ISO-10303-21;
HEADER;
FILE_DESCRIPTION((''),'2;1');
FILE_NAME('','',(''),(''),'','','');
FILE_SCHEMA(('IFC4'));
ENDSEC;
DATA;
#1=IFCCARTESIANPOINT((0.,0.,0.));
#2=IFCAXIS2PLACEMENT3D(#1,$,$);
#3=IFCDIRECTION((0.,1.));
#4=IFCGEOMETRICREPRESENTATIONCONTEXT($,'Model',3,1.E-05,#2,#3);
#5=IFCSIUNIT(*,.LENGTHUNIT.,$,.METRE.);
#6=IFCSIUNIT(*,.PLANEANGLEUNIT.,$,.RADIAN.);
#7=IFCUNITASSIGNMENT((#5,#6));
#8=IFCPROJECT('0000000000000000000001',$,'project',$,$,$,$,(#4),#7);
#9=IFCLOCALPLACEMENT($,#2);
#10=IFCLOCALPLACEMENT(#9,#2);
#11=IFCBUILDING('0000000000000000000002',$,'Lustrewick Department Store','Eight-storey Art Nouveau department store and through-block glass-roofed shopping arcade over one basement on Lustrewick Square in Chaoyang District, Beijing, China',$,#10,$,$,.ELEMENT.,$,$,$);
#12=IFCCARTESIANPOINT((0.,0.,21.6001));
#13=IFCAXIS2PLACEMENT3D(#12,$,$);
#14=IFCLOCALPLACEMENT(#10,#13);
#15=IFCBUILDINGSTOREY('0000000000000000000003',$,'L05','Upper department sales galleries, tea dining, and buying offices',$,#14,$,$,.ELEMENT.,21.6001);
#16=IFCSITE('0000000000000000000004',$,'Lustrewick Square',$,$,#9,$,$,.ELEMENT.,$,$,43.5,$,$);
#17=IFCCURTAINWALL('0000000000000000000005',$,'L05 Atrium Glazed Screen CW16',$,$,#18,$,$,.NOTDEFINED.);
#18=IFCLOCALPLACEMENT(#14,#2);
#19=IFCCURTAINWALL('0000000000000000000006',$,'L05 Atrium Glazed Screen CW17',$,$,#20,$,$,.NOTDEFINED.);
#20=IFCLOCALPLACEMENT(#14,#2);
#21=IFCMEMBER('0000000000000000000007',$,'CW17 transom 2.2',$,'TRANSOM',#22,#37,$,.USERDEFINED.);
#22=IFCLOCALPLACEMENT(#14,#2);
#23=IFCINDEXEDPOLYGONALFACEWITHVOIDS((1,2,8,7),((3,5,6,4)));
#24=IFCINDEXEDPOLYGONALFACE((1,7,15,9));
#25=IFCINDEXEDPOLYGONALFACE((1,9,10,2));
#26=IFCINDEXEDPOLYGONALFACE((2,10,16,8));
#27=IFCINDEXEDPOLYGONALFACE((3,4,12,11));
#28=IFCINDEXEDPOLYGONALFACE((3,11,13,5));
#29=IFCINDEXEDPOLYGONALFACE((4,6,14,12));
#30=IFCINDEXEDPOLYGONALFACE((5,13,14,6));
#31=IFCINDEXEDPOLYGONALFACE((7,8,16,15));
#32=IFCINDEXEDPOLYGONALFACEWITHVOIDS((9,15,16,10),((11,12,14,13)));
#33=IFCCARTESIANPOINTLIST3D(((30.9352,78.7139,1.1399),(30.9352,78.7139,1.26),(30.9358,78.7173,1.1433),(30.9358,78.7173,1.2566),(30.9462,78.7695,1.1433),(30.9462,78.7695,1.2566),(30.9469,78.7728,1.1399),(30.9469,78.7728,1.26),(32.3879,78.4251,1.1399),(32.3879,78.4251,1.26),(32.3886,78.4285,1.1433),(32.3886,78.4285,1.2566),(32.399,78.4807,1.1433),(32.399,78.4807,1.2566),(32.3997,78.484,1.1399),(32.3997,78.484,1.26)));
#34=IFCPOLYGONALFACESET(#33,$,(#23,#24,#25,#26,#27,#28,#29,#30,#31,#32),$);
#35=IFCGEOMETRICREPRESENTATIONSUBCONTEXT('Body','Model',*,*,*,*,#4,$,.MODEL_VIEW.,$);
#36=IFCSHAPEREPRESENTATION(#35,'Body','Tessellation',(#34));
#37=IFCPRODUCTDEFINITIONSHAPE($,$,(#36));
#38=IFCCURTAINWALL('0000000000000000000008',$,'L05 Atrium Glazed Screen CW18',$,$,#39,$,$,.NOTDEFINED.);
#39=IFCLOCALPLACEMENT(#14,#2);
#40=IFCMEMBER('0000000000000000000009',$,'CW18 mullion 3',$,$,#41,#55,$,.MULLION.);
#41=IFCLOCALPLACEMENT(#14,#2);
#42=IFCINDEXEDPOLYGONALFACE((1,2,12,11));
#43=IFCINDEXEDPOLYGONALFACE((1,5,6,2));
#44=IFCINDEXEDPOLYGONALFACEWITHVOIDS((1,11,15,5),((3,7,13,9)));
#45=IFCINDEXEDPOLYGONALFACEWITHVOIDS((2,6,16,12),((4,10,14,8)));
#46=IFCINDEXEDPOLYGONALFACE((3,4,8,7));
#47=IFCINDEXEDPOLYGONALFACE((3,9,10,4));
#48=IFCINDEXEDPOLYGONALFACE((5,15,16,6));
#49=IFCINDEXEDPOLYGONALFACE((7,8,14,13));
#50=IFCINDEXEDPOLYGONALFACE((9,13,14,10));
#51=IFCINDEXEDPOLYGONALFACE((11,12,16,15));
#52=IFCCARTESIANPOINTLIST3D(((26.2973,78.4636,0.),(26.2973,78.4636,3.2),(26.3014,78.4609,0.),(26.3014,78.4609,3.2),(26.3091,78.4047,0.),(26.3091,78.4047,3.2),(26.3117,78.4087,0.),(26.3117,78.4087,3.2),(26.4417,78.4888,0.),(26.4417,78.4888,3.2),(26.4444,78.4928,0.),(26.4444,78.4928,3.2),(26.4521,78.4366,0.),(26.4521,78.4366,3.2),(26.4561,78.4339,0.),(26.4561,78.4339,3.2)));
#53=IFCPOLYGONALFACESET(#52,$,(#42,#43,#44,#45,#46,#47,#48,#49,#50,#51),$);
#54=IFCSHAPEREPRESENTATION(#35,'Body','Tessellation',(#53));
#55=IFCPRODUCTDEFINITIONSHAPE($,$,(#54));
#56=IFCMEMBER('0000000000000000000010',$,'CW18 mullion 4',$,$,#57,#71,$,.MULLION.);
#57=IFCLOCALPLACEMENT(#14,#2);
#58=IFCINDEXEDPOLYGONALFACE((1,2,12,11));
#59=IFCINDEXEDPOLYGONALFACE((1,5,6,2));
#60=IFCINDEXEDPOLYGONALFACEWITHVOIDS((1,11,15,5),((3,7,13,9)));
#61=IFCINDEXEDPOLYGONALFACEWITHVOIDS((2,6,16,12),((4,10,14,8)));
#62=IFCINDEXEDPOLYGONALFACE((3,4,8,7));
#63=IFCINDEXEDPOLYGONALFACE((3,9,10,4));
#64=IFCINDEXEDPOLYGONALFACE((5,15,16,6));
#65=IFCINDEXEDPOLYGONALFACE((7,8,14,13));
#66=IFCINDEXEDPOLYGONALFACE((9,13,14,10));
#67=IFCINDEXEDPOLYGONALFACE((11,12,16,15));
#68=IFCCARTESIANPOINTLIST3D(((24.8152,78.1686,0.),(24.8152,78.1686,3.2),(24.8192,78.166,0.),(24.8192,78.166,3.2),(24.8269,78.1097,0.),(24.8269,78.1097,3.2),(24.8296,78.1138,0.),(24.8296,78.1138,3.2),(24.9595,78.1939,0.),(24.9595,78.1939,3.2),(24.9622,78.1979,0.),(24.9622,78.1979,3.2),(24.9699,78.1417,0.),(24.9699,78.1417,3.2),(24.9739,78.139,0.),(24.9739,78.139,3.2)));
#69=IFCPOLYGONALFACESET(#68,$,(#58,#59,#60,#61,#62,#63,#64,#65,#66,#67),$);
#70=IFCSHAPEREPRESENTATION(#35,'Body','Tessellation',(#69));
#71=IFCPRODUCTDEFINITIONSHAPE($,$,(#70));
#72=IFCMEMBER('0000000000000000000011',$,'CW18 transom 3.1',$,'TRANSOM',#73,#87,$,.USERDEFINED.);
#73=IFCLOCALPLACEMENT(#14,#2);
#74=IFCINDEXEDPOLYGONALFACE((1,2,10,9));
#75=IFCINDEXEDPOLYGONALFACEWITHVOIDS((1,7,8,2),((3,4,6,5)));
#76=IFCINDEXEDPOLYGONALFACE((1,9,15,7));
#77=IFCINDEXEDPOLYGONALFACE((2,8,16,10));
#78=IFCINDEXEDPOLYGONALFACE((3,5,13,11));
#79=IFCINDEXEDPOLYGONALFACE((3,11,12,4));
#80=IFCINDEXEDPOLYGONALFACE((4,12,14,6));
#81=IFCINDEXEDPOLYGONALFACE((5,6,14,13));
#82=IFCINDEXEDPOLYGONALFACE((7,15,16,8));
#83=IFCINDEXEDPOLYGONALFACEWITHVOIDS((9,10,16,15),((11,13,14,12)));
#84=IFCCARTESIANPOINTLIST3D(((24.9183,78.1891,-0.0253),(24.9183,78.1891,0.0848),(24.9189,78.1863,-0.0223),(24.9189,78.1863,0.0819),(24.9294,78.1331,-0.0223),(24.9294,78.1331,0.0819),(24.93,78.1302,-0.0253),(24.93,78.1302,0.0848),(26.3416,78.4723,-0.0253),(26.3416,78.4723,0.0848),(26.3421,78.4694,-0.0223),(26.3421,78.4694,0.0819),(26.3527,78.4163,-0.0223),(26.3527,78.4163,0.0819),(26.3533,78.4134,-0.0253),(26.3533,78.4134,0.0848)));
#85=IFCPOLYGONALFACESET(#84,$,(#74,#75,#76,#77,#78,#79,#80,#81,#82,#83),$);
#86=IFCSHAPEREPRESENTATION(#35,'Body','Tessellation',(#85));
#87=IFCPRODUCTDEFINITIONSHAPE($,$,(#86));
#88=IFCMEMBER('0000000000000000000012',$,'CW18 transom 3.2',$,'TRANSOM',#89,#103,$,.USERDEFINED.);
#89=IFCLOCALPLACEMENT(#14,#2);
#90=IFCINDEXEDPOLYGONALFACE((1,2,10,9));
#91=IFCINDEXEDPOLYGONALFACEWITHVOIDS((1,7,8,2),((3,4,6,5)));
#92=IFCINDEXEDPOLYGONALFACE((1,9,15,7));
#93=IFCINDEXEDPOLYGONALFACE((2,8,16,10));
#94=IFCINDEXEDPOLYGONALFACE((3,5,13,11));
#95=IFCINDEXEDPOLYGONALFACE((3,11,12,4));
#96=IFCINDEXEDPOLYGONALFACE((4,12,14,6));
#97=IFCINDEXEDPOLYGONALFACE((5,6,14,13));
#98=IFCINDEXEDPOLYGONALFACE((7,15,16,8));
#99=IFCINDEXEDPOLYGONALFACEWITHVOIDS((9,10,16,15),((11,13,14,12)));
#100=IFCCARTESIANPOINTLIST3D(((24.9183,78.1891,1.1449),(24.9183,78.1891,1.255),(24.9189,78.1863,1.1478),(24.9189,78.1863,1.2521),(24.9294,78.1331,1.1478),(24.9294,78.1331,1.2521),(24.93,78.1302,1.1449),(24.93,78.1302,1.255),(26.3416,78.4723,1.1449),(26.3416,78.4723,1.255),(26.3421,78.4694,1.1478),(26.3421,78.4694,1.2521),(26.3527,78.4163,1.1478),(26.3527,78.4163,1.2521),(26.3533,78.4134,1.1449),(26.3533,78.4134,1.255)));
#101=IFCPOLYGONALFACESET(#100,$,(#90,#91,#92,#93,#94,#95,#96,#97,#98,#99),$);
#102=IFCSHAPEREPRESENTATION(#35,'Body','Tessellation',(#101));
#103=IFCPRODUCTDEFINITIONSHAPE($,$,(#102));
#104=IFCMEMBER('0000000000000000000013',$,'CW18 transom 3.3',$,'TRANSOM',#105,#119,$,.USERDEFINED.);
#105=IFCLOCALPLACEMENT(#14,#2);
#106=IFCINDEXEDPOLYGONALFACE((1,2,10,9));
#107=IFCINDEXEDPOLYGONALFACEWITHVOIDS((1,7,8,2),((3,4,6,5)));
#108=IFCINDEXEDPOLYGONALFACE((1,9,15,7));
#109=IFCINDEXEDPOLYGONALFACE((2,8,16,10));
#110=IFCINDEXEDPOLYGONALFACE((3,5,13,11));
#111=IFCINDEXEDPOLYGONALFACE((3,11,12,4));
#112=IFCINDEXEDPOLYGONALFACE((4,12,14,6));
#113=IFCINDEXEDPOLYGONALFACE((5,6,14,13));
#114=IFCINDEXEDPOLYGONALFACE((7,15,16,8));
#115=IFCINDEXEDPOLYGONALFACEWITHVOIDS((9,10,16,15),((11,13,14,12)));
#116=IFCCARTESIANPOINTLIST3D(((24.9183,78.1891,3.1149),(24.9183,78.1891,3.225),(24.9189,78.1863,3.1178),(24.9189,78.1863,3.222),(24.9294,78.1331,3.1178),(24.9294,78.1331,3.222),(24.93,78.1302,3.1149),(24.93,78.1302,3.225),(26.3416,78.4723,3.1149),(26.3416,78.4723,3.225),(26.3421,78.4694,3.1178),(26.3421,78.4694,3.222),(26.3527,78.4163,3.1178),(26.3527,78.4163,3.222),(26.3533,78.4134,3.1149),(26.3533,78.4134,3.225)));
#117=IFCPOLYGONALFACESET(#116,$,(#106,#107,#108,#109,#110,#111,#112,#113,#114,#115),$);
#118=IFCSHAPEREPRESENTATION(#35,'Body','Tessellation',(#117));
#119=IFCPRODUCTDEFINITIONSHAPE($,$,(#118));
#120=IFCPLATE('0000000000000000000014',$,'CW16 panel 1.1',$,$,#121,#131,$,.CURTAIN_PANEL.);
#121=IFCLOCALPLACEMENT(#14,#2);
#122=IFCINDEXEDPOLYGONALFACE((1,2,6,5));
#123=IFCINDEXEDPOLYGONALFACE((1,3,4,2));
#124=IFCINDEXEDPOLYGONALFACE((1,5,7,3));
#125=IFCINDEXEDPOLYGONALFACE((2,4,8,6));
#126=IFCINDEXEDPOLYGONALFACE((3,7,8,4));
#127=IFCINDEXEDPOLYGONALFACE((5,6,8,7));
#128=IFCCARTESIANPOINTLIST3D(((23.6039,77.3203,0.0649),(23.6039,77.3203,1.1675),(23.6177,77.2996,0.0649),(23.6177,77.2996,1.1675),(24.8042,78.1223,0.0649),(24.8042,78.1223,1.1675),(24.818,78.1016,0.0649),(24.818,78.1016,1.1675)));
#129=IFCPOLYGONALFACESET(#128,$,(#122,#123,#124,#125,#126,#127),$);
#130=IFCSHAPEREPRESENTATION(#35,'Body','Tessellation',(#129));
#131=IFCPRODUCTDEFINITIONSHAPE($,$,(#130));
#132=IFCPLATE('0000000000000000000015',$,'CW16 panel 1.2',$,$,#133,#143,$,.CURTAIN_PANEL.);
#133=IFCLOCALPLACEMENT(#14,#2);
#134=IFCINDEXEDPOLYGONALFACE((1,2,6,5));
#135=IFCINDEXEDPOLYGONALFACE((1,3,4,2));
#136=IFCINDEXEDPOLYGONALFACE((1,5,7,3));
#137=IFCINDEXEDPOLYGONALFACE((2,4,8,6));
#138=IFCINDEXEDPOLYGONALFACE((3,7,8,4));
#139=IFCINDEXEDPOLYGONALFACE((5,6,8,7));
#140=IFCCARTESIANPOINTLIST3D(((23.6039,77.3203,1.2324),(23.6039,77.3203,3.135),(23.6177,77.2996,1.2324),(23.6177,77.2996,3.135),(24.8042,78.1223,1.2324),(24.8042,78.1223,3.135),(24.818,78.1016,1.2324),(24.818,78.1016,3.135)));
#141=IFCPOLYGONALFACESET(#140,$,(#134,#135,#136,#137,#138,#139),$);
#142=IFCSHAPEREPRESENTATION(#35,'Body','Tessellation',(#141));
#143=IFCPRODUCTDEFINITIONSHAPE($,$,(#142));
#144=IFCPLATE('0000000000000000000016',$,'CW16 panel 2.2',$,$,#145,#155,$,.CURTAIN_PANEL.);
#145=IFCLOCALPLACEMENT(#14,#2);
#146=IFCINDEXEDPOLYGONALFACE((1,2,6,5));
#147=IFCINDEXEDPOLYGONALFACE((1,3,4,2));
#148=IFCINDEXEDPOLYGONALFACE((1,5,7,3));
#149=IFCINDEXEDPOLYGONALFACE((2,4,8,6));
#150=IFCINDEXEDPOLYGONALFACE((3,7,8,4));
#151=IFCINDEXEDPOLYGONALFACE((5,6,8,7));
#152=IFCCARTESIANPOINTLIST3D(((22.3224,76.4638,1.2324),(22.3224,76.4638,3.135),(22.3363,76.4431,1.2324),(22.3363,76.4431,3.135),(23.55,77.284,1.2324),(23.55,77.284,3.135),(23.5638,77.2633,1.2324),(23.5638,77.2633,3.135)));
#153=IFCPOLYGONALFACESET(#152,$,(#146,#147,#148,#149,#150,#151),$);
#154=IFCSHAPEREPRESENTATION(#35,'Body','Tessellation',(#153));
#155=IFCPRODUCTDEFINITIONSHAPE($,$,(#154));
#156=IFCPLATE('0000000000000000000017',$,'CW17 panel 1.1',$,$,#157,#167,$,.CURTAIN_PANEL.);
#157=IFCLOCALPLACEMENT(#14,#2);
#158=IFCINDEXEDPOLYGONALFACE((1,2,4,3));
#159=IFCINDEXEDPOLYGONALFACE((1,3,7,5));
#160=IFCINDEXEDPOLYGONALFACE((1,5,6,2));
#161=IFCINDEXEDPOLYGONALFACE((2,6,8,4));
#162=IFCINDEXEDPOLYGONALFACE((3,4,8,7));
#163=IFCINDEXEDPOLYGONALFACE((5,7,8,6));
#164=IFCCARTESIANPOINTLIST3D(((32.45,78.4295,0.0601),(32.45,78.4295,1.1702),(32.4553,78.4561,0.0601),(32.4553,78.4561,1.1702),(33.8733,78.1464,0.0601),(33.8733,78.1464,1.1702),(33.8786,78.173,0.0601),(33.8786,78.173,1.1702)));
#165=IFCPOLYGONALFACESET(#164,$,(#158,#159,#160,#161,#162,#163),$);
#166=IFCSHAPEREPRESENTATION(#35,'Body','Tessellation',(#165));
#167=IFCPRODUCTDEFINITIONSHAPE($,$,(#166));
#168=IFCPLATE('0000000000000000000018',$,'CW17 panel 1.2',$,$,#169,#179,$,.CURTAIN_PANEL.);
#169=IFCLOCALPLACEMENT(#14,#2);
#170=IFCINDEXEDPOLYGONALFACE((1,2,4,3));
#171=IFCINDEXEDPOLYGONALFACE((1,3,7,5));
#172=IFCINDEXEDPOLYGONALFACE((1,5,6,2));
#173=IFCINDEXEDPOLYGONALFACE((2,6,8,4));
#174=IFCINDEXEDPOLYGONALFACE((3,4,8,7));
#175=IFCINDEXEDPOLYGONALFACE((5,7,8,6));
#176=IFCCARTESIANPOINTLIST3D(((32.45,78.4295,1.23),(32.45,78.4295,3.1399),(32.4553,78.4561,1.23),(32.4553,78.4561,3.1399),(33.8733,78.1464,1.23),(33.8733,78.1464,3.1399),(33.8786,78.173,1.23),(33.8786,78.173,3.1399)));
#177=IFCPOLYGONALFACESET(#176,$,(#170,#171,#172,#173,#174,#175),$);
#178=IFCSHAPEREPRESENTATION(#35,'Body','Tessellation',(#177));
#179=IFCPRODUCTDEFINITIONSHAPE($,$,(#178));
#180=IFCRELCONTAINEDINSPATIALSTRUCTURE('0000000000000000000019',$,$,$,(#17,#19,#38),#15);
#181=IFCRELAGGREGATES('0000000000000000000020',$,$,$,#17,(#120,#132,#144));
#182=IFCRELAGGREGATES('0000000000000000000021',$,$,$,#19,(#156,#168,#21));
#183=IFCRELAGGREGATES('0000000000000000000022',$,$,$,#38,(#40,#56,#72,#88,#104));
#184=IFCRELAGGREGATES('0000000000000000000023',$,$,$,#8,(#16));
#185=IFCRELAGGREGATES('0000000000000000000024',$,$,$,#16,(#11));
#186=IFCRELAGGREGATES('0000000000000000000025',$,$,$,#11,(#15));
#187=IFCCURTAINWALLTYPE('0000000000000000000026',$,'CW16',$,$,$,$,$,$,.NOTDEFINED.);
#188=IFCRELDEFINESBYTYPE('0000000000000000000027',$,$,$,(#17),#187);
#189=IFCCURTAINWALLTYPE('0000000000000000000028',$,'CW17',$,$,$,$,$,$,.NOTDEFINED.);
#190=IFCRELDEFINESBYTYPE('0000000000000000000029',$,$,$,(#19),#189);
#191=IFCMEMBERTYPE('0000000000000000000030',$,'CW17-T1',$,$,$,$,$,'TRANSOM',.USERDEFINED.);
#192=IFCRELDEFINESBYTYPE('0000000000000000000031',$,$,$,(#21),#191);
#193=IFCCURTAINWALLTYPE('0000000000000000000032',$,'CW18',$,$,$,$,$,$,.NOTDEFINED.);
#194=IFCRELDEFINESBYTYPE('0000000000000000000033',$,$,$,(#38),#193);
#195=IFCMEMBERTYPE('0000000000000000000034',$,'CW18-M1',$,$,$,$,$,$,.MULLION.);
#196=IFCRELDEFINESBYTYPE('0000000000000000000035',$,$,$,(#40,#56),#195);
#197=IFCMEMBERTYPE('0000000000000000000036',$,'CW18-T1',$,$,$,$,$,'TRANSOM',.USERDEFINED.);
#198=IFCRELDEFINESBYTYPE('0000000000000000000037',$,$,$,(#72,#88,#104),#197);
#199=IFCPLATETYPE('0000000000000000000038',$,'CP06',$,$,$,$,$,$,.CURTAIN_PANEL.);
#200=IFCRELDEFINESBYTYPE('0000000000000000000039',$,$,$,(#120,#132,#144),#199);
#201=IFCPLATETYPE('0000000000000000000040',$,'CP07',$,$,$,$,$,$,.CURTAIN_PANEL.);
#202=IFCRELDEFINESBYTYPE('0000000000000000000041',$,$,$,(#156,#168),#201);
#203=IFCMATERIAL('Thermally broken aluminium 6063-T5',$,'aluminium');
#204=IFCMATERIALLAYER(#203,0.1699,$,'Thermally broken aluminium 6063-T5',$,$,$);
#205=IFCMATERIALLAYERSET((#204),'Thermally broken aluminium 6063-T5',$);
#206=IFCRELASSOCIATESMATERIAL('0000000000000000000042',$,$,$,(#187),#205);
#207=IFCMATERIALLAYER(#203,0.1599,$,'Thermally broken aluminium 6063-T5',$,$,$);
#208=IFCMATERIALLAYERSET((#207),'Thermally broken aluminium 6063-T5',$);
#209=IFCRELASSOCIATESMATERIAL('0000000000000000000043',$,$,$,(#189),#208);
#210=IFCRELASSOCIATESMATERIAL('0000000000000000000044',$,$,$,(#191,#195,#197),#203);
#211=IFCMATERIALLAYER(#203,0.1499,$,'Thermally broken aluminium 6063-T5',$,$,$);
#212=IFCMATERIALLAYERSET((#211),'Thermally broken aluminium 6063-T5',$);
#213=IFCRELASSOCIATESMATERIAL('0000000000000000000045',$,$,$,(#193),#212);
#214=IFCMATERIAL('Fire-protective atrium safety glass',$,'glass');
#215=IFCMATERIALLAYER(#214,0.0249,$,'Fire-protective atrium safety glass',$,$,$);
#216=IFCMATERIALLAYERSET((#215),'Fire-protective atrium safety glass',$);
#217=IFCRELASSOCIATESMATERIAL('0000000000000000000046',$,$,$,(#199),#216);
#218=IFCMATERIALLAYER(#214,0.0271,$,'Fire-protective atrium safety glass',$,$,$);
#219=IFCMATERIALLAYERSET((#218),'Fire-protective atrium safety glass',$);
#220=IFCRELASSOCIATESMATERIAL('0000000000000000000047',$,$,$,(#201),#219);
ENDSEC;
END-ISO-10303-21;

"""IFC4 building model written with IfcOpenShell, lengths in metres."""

from ifc_helpers import new_model, si_unit, direction, frame, origin, origin_2d, place, context, subcontext, project, spatial, rectangle, hollow_rectangle, extrude, material, layer, layer_set, material_profile, profile_set, type_object, element, aggregate, save


model = new_model("IFC4")

# Units and contexts
model_context = context("Model", 3, precision=1e-05, world=origin(), true_north=direction((0.0, 1.0)))
body_context = subcontext(model_context, "Body", "Model", "MODEL_VIEW")
ifc_project = project(units=[si_unit("LENGTHUNIT", "METRE"), si_unit("PLANEANGLEUNIT", "RADIAN")], contexts=[model_context])

# Site, building, storey
site_placement = place(None, origin())
site = spatial("IfcSite", under=ifc_project, at=site_placement, Name="Lustrewick Square", CompositionType="ELEMENT", RefElevation=43.5)
building_placement = place(site_placement, origin())
building = spatial("IfcBuilding", under=site, at=building_placement, Name="Lustrewick Department Store", Description="Eight-storey Art Nouveau department store and through-block glass-roofed shopping arcade over one basement on Lustrewick Square in Chaoyang District, Beijing, China", CompositionType="ELEMENT")
storey_placement = place(building_placement, frame((0.0, 0.0, 21.6001)))
storey = spatial("IfcBuildingStorey", under=building, at=storey_placement, Name="L05", Description="Upper department sales galleries, tea dining, and buying offices", CompositionType="ELEMENT", Elevation=21.6001)

# Curtain walls, members
ifc_material_1 = material(Name="Thermally broken aluminium 6063-T5", Category="aluminium")
ifc_layer_1 = layer(ifc_material_1, 0.1699, Name="Thermally broken aluminium 6063-T5")
ifc_layer_set_1 = layer_set([ifc_layer_1], Name="Thermally broken aluminium 6063-T5")
curtain_wall_type_1 = type_object("IfcCurtainWallType", Name="CW16", PredefinedType="NOTDEFINED", material=ifc_layer_set_1)
curtain_wall_1_placement = place(storey_placement, origin())
curtain_wall_1 = element("IfcCurtainWall", 1, at=curtain_wall_1_placement, inside=storey, type_object=curtain_wall_type_1, Name="L05 Atrium Glazed Screen CW16", PredefinedType="NOTDEFINED")
ifc_layer_2 = layer(ifc_material_1, 0.1599, Name="Thermally broken aluminium 6063-T5")
ifc_layer_set_2 = layer_set([ifc_layer_2], Name="Thermally broken aluminium 6063-T5")
curtain_wall_type_2 = type_object("IfcCurtainWallType", Name="CW17", PredefinedType="NOTDEFINED", material=ifc_layer_set_2)
curtain_wall_2_placement = place(storey_placement, origin())
curtain_wall_2 = element("IfcCurtainWall", 2, at=curtain_wall_2_placement, inside=storey, type_object=curtain_wall_type_2, Name="L05 Atrium Glazed Screen CW17", PredefinedType="NOTDEFINED")
ifc_material_profile_1 = material_profile(ifc_material_1, hollow_rectangle(XDim=0.0601, YDim=0.1201, WallThickness=0.0034, at=origin_2d()), Name="ALU-T 60x120x3.5")
ifc_profile_set_1 = profile_set([ifc_material_profile_1], Name="Thermally broken aluminium 6063-T5")
member_type_1 = type_object("IfcMemberType", Name="CW17-T1", ElementType="TRANSOM", PredefinedType="USERDEFINED", material=ifc_profile_set_1)
member_1_placement = place(storey_placement, frame((32.3938, 78.4546, 1.2), z_axis=(-0.980808, 0.194975, 0.0), x_axis=(-0.194975, -0.980808, 0.0)))
member_1 = element("IfcMember", 3, at=member_1_placement, type_object=member_type_1, Name="CW17 transom 2.2", ObjectType="TRANSOM", PredefinedType="USERDEFINED", context=body_context, shape_type="SweptSolid", body=[
    extrude(hollow_rectangle(XDim=0.0601, YDim=0.1201, WallThickness=0.0034, at=origin_2d()), origin(), (0.0, 0.0, 1.0), 1.4812),
])
ifc_layer_3 = layer(ifc_material_1, 0.1499, Name="Thermally broken aluminium 6063-T5")
ifc_layer_set_3 = layer_set([ifc_layer_3], Name="Thermally broken aluminium 6063-T5")
curtain_wall_type_3 = type_object("IfcCurtainWallType", Name="CW18", PredefinedType="NOTDEFINED", material=ifc_layer_set_3)
curtain_wall_3_placement = place(storey_placement, origin())
curtain_wall_3 = element("IfcCurtainWall", 4, at=curtain_wall_3_placement, inside=storey, type_object=curtain_wall_type_3, Name="L05 Atrium Glazed Screen CW18", PredefinedType="NOTDEFINED")
ifc_material_profile_2 = material_profile(ifc_material_1, hollow_rectangle(XDim=0.0601, YDim=0.1499, WallThickness=0.0034, at=origin_2d()), Name="ALU-M 60x150x3.5")
ifc_profile_set_2 = profile_set([ifc_material_profile_2], Name="Thermally broken aluminium 6063-T5")
member_type_2 = type_object("IfcMemberType", Name="CW18-M1", PredefinedType="MULLION", material=ifc_profile_set_2)
member_2_placement = place(storey_placement, frame((26.3767, 78.4487, 0.0), z_axis=(0.0, 0.0, 1.0), x_axis=(0.195085, -0.980786, 0.0)))
member_2 = element("IfcMember", 5, at=member_2_placement, type_object=member_type_2, Name="CW18 mullion 3", PredefinedType="MULLION", context=body_context, shape_type="SweptSolid", body=[
    extrude(hollow_rectangle(XDim=0.0601, YDim=0.1499, WallThickness=0.0034, at=origin_2d()), origin(), (0.0, 0.0, 1.0), 3.2),
])
member_3_placement = place(storey_placement, frame((24.8945, 78.1538, 0.0), z_axis=(0.0, 0.0, 1.0), x_axis=(0.195085, -0.980786, 0.0)))
member_3 = element("IfcMember", 6, at=member_3_placement, type_object=member_type_2, Name="CW18 mullion 4", PredefinedType="MULLION", context=body_context, shape_type="SweptSolid", body=[
    extrude(hollow_rectangle(XDim=0.0601, YDim=0.1499, WallThickness=0.0034, at=origin_2d()), origin(), (0.0, 0.0, 1.0), 3.2),
])
ifc_material_profile_3 = material_profile(ifc_material_1, hollow_rectangle(XDim=0.0601, YDim=0.1101, WallThickness=0.0029, at=origin_2d()), Name="ALU-T 60x110x3")
ifc_profile_set_3 = profile_set([ifc_material_profile_3], Name="Thermally broken aluminium 6063-T5")
member_type_3 = type_object("IfcMemberType", Name="CW18-T1", ElementType="TRANSOM", PredefinedType="USERDEFINED", material=ifc_profile_set_3)
member_4_placement = place(storey_placement, frame((26.3474, 78.4429, 0.0298), z_axis=(-0.980774, -0.195145, 0.0), x_axis=(0.195145, -0.980774, 0.0)))
member_4 = element("IfcMember", 7, at=member_4_placement, type_object=member_type_3, Name="CW18 transom 3.1", ObjectType="TRANSOM", PredefinedType="USERDEFINED", context=body_context, shape_type="SweptSolid", body=[
    extrude(hollow_rectangle(XDim=0.0601, YDim=0.1101, WallThickness=0.0029, at=origin_2d()), origin(), (0.0, 0.0, 1.0), 1.4512),
])
member_5_placement = place(storey_placement, frame((26.3474, 78.4429, 1.2), z_axis=(-0.980774, -0.195145, 0.0), x_axis=(0.195145, -0.980774, 0.0)))
member_5 = element("IfcMember", 8, at=member_5_placement, type_object=member_type_3, Name="CW18 transom 3.2", ObjectType="TRANSOM", PredefinedType="USERDEFINED", context=body_context, shape_type="SweptSolid", body=[
    extrude(hollow_rectangle(XDim=0.0601, YDim=0.1101, WallThickness=0.0029, at=origin_2d()), origin(), (0.0, 0.0, 1.0), 1.4512),
])
member_6_placement = place(storey_placement, frame((26.3474, 78.4429, 3.1699), z_axis=(-0.980774, -0.195145, 0.0), x_axis=(0.195145, -0.980774, 0.0)))
member_6 = element("IfcMember", 9, at=member_6_placement, type_object=member_type_3, Name="CW18 transom 3.3", ObjectType="TRANSOM", PredefinedType="USERDEFINED", context=body_context, shape_type="SweptSolid", body=[
    extrude(hollow_rectangle(XDim=0.0601, YDim=0.1101, WallThickness=0.0029, at=origin_2d()), origin(), (0.0, 0.0, 1.0), 1.4512),
])

# Plates
ifc_material_2 = material(Name="Fire-protective atrium safety glass", Category="glass")
ifc_layer_4 = layer(ifc_material_2, 0.0249, Name="Fire-protective atrium safety glass")
ifc_layer_set_4 = layer_set([ifc_layer_4], Name="Fire-protective atrium safety glass")
plate_type_1 = type_object("IfcPlateType", Name="CP06", PredefinedType="CURTAIN_PANEL", material=ifc_layer_set_4)
plate_1_placement = place(storey_placement, frame((24.2109, 77.7109, 0.0649), z_axis=(0.0, 0.0, 1.0), x_axis=(-0.831464, -0.555578, 0.0)))
plate_1 = element("IfcPlate", 10, at=plate_1_placement, type_object=plate_type_1, Name="CW16 panel 1.1", PredefinedType="CURTAIN_PANEL", context=body_context, shape_type="SweptSolid", body=[
    extrude(rectangle(XDim=1.4436, YDim=0.0249, at=origin_2d()), origin(), (0.0, 0.0, 1.0), 1.1025),
])
plate_2_placement = place(storey_placement, frame((24.2109, 77.7109, 1.2324), z_axis=(0.0, 0.0, 1.0), x_axis=(-0.831464, -0.555578, 0.0)))
plate_2 = element("IfcPlate", 11, at=plate_2_placement, type_object=plate_type_1, Name="CW16 panel 1.2", PredefinedType="CURTAIN_PANEL", context=body_context, shape_type="SweptSolid", body=[
    extrude(rectangle(XDim=1.4436, YDim=0.0249, at=origin_2d()), origin(), (0.0, 0.0, 1.0), 1.9026),
])
plate_3_placement = place(storey_placement, frame((22.9431, 76.8635, 1.2324), z_axis=(0.0, 0.0, 1.0), x_axis=(-0.831464, -0.555578, 0.0)))
plate_3 = element("IfcPlate", 12, at=plate_3_placement, type_object=plate_type_1, Name="CW16 panel 2.2", PredefinedType="CURTAIN_PANEL", context=body_context, shape_type="SweptSolid", body=[
    extrude(rectangle(XDim=1.4763, YDim=0.0249, at=origin_2d()), origin(), (0.0, 0.0, 1.0), 1.9026),
])
aggregate(curtain_wall_1, [plate_1, plate_2, plate_3])
ifc_layer_5 = layer(ifc_material_2, 0.0271, Name="Fire-protective atrium safety glass")
ifc_layer_set_5 = layer_set([ifc_layer_5], Name="Fire-protective atrium safety glass")
plate_type_2 = type_object("IfcPlateType", Name="CP07", PredefinedType="CURTAIN_PANEL", material=ifc_layer_set_5)
plate_4_placement = place(storey_placement, frame((33.1643, 78.3013, 0.0601), z_axis=(0.0, 0.0, 1.0), x_axis=(-0.980786, 0.195085, 0.0)))
plate_4 = element("IfcPlate", 13, at=plate_4_placement, type_object=plate_type_2, Name="CW17 panel 1.1", PredefinedType="CURTAIN_PANEL", context=body_context, shape_type="SweptSolid", body=[
    extrude(rectangle(XDim=1.4512, YDim=0.0271, at=origin_2d()), origin(), (0.0, 0.0, 1.0), 1.1101),
])
plate_5_placement = place(storey_placement, frame((33.1643, 78.3013, 1.23), z_axis=(0.0, 0.0, 1.0), x_axis=(-0.980786, 0.195085, 0.0)))
plate_5 = element("IfcPlate", 14, at=plate_5_placement, type_object=plate_type_2, Name="CW17 panel 1.2", PredefinedType="CURTAIN_PANEL", context=body_context, shape_type="SweptSolid", body=[
    extrude(rectangle(XDim=1.4512, YDim=0.0271, at=origin_2d()), origin(), (0.0, 0.0, 1.0), 1.9099),
])
aggregate(curtain_wall_2, [plate_4, plate_5, member_1])
aggregate(curtain_wall_3, [member_2, member_3, member_4, member_5, member_6])

save(model, "model.ifc")
